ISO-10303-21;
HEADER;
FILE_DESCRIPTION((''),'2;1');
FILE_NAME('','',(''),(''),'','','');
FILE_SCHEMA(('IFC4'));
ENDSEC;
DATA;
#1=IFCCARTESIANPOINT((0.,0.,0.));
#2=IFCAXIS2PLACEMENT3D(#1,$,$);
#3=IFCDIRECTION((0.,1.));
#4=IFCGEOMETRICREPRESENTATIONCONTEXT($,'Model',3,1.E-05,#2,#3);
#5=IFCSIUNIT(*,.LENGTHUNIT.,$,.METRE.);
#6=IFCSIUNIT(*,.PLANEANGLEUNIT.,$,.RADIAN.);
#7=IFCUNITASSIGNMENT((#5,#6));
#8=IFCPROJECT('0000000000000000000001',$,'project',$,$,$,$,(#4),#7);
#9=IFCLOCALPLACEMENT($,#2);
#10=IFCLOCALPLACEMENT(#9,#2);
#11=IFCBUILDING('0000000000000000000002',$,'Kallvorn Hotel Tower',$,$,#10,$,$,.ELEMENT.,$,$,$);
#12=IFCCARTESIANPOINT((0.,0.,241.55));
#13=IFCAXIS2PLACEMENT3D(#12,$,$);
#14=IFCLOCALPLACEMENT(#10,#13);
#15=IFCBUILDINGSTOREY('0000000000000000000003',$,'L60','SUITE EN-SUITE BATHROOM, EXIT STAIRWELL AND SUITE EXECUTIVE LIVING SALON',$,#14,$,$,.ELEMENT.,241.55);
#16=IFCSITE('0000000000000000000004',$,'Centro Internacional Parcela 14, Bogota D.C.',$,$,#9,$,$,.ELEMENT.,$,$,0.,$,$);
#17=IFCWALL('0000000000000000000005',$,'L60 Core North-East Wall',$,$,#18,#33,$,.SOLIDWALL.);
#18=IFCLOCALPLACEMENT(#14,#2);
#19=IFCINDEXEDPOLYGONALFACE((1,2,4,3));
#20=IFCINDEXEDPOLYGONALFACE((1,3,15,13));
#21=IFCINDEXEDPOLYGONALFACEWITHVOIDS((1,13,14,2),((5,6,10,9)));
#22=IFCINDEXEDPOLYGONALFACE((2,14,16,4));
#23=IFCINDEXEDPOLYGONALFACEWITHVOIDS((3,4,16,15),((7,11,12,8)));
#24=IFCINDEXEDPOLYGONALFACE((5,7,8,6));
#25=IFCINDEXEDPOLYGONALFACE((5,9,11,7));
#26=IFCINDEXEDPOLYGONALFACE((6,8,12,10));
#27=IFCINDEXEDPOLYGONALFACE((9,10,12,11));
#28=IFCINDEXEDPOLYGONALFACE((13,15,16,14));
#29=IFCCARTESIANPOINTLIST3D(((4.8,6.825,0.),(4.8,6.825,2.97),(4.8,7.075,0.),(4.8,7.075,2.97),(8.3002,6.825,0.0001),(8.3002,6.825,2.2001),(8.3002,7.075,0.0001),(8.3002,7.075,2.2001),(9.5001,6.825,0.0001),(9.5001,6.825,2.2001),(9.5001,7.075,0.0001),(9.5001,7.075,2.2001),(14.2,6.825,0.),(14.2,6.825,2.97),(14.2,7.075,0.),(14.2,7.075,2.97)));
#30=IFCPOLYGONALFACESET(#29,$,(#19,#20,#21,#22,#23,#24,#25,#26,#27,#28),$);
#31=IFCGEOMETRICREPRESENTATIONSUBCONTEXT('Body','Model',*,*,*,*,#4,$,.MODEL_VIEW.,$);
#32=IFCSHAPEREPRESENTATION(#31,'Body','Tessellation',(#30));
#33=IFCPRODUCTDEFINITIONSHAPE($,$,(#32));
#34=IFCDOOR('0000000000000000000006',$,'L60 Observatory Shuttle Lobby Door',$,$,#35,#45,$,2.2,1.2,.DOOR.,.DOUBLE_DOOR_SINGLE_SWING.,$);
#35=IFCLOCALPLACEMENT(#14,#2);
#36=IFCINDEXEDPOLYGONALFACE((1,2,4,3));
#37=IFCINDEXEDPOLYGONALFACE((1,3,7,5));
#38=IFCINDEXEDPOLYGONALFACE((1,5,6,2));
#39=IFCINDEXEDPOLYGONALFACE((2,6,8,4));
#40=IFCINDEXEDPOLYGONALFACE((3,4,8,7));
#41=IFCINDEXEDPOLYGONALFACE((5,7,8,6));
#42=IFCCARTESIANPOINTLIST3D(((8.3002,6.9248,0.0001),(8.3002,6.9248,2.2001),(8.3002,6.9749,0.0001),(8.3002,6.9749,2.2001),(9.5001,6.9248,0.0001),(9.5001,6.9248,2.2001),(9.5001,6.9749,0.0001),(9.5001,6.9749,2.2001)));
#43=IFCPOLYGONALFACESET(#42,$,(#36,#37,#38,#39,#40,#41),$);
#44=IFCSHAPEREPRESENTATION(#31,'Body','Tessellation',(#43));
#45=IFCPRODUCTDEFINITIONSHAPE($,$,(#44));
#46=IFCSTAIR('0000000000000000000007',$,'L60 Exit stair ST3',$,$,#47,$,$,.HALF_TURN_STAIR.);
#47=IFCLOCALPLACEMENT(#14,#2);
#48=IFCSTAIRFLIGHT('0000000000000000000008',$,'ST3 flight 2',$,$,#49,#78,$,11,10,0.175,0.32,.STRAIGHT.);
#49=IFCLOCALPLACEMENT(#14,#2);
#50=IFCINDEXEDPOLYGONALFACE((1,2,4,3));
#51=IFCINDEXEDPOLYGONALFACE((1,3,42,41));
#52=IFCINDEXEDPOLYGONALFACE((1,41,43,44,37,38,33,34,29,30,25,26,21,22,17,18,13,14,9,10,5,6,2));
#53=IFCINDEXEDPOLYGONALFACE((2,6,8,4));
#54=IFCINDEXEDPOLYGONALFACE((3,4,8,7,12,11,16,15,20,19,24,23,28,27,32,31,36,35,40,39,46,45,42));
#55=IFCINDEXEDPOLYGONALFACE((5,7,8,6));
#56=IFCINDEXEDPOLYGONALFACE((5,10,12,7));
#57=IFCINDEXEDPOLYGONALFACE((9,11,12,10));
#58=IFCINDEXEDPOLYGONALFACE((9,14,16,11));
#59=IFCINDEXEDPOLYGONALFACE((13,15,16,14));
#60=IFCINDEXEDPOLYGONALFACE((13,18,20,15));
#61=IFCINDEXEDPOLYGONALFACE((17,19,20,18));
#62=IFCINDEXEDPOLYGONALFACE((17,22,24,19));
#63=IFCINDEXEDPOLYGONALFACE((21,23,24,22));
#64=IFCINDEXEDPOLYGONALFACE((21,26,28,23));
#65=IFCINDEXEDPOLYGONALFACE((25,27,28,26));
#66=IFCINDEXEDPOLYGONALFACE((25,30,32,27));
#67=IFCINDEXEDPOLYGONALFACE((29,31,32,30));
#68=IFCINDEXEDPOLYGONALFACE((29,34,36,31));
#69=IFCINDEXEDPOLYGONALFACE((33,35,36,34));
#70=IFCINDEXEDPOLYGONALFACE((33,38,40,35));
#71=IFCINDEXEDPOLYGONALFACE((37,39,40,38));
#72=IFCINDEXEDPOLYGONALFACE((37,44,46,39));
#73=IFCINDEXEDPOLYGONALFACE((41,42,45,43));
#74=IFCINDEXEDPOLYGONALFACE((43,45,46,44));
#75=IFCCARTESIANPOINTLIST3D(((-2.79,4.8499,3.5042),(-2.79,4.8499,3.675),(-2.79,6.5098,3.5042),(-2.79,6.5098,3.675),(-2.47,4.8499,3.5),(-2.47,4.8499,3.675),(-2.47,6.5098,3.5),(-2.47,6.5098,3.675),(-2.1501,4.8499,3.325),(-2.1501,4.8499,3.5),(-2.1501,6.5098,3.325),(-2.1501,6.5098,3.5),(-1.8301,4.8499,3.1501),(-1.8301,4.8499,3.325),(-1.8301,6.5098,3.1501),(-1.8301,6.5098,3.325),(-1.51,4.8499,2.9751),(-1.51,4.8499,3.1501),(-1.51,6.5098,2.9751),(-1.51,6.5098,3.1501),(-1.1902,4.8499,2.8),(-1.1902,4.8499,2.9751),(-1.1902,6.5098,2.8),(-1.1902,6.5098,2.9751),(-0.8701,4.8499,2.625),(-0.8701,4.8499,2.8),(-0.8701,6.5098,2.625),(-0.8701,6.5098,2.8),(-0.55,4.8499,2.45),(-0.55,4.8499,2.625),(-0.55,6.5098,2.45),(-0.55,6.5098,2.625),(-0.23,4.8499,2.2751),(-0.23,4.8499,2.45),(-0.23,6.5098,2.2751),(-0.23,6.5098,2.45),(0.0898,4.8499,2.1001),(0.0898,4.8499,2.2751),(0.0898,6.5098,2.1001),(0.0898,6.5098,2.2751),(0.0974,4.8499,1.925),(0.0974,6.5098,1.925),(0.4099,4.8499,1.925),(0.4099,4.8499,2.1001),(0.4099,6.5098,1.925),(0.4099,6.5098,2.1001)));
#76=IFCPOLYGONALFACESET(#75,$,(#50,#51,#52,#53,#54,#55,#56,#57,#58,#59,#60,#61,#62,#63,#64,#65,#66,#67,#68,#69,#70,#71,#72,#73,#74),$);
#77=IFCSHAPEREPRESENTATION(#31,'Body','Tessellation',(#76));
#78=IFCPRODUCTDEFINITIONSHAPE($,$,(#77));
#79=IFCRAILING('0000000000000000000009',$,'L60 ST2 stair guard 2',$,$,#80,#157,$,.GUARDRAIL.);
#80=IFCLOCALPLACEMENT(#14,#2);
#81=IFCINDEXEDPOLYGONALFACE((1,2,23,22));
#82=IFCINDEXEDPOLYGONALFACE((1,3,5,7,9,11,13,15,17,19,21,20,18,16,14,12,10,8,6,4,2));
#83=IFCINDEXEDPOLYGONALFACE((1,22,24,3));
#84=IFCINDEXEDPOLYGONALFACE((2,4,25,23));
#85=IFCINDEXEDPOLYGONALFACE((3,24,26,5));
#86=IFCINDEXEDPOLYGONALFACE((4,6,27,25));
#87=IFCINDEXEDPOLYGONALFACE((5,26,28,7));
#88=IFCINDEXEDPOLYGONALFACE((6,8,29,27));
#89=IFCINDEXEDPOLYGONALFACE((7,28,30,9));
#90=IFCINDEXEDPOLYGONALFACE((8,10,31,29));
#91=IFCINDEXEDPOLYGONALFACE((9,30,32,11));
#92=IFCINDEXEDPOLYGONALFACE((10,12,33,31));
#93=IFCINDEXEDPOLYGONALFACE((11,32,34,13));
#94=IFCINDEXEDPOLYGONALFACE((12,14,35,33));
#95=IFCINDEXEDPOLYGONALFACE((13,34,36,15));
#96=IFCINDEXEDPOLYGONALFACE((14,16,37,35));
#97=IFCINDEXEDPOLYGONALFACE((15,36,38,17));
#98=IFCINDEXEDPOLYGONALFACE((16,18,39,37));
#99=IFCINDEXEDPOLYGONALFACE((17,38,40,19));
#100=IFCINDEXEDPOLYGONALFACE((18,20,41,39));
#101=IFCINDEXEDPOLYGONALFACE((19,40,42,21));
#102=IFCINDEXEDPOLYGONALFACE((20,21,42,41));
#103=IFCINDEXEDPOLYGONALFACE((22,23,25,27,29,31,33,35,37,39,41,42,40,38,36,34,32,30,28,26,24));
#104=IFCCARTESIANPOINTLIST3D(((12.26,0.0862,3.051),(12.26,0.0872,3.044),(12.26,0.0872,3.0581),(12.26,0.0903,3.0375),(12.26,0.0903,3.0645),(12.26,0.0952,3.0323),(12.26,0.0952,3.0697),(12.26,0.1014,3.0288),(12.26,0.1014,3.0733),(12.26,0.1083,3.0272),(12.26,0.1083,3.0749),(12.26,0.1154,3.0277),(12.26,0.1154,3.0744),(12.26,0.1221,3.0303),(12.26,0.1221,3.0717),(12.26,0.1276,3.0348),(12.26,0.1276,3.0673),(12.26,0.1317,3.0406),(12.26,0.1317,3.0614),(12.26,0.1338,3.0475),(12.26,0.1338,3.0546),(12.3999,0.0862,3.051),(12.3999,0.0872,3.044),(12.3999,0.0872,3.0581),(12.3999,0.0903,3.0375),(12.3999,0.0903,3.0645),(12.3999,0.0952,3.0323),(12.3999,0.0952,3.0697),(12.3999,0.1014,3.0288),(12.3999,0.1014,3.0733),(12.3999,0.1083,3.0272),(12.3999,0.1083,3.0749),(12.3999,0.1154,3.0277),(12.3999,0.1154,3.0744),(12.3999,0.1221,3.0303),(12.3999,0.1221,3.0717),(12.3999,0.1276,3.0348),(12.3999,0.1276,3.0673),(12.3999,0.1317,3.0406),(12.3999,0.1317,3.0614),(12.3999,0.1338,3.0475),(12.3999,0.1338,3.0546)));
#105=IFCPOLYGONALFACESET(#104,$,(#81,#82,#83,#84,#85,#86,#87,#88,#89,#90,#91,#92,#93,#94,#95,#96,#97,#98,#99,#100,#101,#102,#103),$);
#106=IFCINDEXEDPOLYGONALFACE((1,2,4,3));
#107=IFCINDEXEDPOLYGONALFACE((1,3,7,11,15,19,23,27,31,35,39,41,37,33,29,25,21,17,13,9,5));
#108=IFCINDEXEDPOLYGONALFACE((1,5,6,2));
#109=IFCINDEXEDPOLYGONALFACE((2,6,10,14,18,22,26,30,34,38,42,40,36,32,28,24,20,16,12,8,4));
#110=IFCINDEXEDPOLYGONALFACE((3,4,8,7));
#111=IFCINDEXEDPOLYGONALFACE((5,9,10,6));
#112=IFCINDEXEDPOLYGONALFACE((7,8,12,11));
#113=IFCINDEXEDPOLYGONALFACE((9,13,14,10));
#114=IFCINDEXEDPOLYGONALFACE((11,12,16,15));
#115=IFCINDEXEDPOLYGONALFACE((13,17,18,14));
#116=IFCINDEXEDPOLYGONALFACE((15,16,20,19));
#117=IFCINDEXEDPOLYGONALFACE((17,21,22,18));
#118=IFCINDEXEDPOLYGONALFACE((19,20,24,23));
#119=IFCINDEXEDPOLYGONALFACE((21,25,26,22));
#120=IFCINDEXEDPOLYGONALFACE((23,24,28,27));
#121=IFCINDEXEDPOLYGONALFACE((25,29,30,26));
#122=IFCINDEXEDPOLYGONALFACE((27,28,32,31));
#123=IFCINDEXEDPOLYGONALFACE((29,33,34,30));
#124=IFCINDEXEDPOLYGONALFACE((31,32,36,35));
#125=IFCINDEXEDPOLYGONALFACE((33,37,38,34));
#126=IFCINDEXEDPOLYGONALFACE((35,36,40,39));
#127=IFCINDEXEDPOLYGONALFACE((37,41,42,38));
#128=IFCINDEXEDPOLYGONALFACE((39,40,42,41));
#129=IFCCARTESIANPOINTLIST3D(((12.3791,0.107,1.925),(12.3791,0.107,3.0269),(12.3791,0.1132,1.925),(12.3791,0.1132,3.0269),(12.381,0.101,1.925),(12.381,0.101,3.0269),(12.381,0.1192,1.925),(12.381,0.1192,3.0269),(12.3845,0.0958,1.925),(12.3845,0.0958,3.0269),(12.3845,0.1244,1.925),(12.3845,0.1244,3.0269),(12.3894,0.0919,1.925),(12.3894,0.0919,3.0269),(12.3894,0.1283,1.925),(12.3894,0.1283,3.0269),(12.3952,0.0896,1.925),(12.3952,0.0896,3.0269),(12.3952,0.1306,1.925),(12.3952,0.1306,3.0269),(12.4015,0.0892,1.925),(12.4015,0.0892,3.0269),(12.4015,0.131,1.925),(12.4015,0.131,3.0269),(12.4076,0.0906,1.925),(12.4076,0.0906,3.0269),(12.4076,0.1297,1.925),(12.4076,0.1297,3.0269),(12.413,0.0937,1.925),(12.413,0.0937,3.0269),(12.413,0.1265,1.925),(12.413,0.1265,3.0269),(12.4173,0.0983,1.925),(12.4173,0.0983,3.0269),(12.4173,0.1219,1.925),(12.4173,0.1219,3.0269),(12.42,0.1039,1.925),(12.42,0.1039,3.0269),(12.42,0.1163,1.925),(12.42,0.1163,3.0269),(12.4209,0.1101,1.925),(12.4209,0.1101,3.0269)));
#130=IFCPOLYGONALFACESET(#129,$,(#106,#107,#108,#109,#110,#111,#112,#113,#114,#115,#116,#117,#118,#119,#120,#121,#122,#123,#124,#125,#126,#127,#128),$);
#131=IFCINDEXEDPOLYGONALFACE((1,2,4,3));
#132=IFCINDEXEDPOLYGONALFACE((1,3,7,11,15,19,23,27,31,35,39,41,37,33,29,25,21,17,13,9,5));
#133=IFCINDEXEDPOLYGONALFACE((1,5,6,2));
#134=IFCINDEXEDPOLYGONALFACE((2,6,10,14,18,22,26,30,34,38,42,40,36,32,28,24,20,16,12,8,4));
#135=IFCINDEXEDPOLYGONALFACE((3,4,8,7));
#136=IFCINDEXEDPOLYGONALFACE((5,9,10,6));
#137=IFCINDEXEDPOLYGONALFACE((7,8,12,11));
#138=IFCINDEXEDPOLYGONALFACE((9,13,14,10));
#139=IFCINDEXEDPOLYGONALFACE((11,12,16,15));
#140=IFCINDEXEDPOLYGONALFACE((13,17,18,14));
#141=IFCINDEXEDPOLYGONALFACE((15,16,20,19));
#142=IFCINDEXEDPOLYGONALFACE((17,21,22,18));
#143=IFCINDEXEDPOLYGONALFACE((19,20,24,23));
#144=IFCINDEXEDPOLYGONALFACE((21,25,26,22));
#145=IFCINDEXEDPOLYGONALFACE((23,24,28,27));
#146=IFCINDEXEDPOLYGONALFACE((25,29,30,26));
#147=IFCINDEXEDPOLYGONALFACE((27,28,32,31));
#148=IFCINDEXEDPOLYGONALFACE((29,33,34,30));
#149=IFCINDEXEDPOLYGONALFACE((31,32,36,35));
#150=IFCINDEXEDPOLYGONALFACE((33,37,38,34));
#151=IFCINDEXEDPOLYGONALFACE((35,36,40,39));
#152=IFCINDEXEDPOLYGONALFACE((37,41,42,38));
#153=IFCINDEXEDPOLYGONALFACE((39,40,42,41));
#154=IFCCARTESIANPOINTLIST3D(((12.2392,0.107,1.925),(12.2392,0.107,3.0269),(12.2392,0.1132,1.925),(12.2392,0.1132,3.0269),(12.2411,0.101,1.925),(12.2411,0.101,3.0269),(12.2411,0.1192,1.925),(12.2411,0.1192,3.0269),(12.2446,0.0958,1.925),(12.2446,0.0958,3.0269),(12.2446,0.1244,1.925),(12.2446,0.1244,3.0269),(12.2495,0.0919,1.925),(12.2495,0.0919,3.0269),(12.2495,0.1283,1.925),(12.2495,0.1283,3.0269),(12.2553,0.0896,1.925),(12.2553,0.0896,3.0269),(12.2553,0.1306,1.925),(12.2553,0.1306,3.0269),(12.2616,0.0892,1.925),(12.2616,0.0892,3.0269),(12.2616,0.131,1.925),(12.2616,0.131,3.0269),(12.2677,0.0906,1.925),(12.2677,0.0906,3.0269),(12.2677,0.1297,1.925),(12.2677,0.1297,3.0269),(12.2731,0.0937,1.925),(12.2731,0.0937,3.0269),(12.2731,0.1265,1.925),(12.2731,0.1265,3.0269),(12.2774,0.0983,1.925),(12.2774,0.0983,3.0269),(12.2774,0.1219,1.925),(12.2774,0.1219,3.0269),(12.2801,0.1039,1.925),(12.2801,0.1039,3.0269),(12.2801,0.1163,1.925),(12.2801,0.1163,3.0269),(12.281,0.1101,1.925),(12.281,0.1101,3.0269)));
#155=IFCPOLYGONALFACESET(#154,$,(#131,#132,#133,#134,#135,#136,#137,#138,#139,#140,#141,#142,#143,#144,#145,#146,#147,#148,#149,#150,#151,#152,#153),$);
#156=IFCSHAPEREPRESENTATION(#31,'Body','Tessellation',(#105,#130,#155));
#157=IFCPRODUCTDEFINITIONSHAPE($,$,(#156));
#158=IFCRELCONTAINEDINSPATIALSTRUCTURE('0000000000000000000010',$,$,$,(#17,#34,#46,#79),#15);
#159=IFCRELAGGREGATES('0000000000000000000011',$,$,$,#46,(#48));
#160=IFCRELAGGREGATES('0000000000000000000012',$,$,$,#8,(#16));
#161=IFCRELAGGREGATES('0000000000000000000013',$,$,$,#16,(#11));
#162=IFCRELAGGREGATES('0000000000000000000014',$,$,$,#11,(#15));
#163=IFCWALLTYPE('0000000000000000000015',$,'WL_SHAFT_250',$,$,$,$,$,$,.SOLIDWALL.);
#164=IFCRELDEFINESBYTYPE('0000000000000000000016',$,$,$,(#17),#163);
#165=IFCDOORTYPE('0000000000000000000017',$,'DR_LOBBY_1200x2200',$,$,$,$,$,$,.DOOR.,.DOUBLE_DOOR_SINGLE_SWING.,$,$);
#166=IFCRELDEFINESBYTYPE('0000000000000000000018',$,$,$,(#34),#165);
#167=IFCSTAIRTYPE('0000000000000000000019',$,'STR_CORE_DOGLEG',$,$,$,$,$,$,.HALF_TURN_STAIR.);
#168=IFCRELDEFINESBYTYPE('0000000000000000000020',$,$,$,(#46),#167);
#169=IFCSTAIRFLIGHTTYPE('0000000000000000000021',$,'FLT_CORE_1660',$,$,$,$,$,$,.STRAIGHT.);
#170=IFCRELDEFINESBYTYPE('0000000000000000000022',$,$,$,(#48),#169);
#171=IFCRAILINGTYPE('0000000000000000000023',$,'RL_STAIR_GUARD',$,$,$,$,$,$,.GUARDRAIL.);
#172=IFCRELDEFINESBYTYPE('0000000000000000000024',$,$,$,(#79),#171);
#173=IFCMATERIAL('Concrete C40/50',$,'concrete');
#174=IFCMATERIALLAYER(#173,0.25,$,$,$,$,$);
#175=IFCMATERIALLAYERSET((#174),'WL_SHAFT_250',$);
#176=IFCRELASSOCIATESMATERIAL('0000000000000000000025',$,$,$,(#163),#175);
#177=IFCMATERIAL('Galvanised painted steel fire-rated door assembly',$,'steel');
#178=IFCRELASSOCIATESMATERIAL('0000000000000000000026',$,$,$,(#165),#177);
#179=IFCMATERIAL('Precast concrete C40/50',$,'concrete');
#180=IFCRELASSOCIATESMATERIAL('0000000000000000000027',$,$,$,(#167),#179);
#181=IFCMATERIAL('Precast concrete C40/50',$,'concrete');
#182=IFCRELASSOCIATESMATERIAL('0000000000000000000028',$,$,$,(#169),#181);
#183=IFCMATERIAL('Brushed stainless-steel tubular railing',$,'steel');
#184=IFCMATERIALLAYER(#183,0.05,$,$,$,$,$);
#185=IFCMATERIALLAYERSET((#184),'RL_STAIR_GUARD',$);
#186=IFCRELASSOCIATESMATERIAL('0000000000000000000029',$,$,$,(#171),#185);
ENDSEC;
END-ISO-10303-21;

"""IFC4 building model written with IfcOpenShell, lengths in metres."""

from ifc_helpers import new_model, si_unit, direction, frame, frame_2d, origin, origin_2d, place, context, subcontext, project, spatial, polyline, rectangle, circle, outline, extrude, material, layer, layer_set, type_object, element, fill, aggregate, save


model = new_model("IFC4")

# Units and contexts
model_context = context("Model", 3, precision=1e-05, world=origin(), true_north=direction((0.0, 1.0)))
body_context = subcontext(model_context, "Body", "Model", "MODEL_VIEW")
ifc_project = project(units=[si_unit("LENGTHUNIT", "METRE"), si_unit("PLANEANGLEUNIT", "RADIAN")], contexts=[model_context])

# Site, building, storey
site_placement = place(None, origin())
site = spatial("IfcSite", under=ifc_project, at=site_placement, Name="Centro Internacional Parcela 14, Bogota D.C.", CompositionType="ELEMENT", RefElevation=0.0)
building_placement = place(site_placement, origin())
building = spatial("IfcBuilding", under=site, at=building_placement, Name="Kallvorn Hotel Tower", CompositionType="ELEMENT")
storey_placement = place(building_placement, frame((0.0, 0.0, 241.55)))
storey = spatial("IfcBuildingStorey", under=building, at=storey_placement, Name="L60", Description="SUITE EN-SUITE BATHROOM, EXIT STAIRWELL AND SUITE EXECUTIVE LIVING SALON", CompositionType="ELEMENT", Elevation=241.55)

# Wall, opening, door
ifc_material_1 = material(Name="Concrete C40/50", Category="concrete")
ifc_layer_1 = layer(ifc_material_1, 0.25)
ifc_layer_set_1 = layer_set([ifc_layer_1], Name="WL_SHAFT_250")
wall_type_1 = type_object("IfcWallType", Name="WL_SHAFT_250", PredefinedType="SOLIDWALL", material=ifc_layer_set_1)
wall_1_placement = place(storey_placement, frame((4.8, 6.95, 0.0), z_axis=(0.0, 0.0, 1.0), x_axis=(1.0, 0.0, 0.0)))
wall_1 = element("IfcWall", 1, at=wall_1_placement, inside=storey, type_object=wall_type_1, Name="L60 Core North-East Wall", PredefinedType="SOLIDWALL", context=body_context, shape_type="SweptSolid", body=[
    extrude(rectangle(XDim=9.3999, YDim=0.25, at=frame_2d((4.7, 0.0))), origin(), (0.0, 0.0, 1.0), 2.97),
])
opening_placement = place(wall_1_placement, frame((3.5, 0.0, 0.0)))
opening = element("IfcOpeningElement", 2, at=opening_placement, cuts=wall_1, PredefinedType="OPENING", context=body_context, shape_type="SweptSolid", body=[
    extrude(rectangle(XDim=1.2, YDim=2.2, at=frame_2d((0.6001, 1.1001))), frame((0.0, 0.1399, 0.0), z_axis=(0.0, -1.0, 0.0), x_axis=(1.0, 0.0, 0.0)), (0.0, 0.0, 1.0), 0.28),
])
ifc_material_2 = material(Name="Galvanised painted steel fire-rated door assembly", Category="steel")
door_type = type_object("IfcDoorType", Name="DR_LOBBY_1200x2200", OperationType="DOUBLE_DOOR_SINGLE_SWING", PredefinedType="DOOR", material=ifc_material_2)
door_placement = place(opening_placement, origin())
door = element("IfcDoor", 3, at=door_placement, inside=storey, type_object=door_type, Name="L60 Observatory Shuttle Lobby Door", OperationType="DOUBLE_DOOR_SINGLE_SWING", OverallHeight=2.2, OverallWidth=1.2, PredefinedType="DOOR", context=body_context, shape_type="SweptSolid", body=[
    extrude(rectangle(XDim=1.2, YDim=2.2, at=frame_2d((0.6001, 1.1001))), frame((0.0, 0.0249, 0.0), z_axis=(0.0, -1.0, 0.0), x_axis=(1.0, 0.0, 0.0)), (0.0, 0.0, 1.0), 0.05),
])
fill(opening, door)

# Stair, stair flight
ifc_material_3 = material(Name="Precast concrete C40/50", Category="concrete")
stair_type = type_object("IfcStairType", Name="STR_CORE_DOGLEG", PredefinedType="HALF_TURN_STAIR", material=ifc_material_3)
stair_placement = place(storey_placement, origin())
stair = element("IfcStair", 4, at=stair_placement, inside=storey, type_object=stair_type, Name="L60 Exit stair ST3", PredefinedType="HALF_TURN_STAIR")
ifc_material_4 = material(Name="Precast concrete C40/50", Category="concrete")
stair_flight_type = type_object("IfcStairFlightType", Name="FLT_CORE_1660", PredefinedType="STRAIGHT", material=ifc_material_4)
stair_flight_placement = place(storey_placement, frame((0.4099, 5.6799, 1.925), z_axis=(0.0, 0.0, 1.0), x_axis=(-1.0, 0.0, 0.0)))
stair_flight = element("IfcStairFlight", 5, at=stair_flight_placement, type_object=stair_flight_type, Name="ST3 flight 2", NumberOfRisers=11, NumberOfTreads=10, PredefinedType="STRAIGHT", RiserHeight=0.175, TreadLength=0.32, context=body_context, shape_type="SweptSolid", body=[
    extrude(outline(polyline([(0.0, 0.0), (0.0, 0.175), (0.3201, 0.175), (0.3201, 0.3501), (0.6399, 0.3501), (0.6399, 0.5249), (0.96, 0.5249), (0.96, 0.7), (1.28, 0.7), (1.28, 0.875), (1.6001, 0.875), (1.6001, 1.05), (1.9199, 1.05), (1.9199, 1.2251), (2.24, 1.2251), (2.24, 1.3999), (2.5601, 1.3999), (2.5601, 1.575), (2.8799, 1.575), (2.8799, 1.75), (3.2, 1.75), (3.2, 1.925), (3.2, 1.5791), (0.3125, 0.0), (0.0, 0.0)])), frame((0.0, 0.8301, 0.0), z_axis=(0.0, -1.0, 0.0), x_axis=(1.0, 0.0, 0.0)), (0.0, 0.0, 1.0), 1.6599),
])
aggregate(stair, [stair_flight])

# Railing
ifc_material_5 = material(Name="Brushed stainless-steel tubular railing", Category="steel")
ifc_layer_2 = layer(ifc_material_5, 0.05)
ifc_layer_set_2 = layer_set([ifc_layer_2], Name="RL_STAIR_GUARD")
railing_type_1 = type_object("IfcRailingType", Name="RL_STAIR_GUARD", PredefinedType="GUARDRAIL", material=ifc_layer_set_2)
railing_1_placement = place(storey_placement, frame((12.3999, 0.1101, 1.925)))
element("IfcRailing", 6, at=railing_1_placement, inside=storey, type_object=railing_type_1, Name="L60 ST2 stair guard 2", PredefinedType="GUARDRAIL", context=body_context, shape_type="SweptSolid", body=[
    extrude(circle(Radius=0.0239, at=origin_2d()), frame((0.0, 0.0, 1.126), z_axis=(-1.0, 0.0, 0.0), x_axis=(0.0, -1.0, 0.0)), (0.0, 0.0, 1.0), 0.1399),
    extrude(circle(Radius=0.021, at=origin_2d()), origin(), (0.0, 0.0, 1.0), 1.1018),
    extrude(circle(Radius=0.021, at=origin_2d()), frame((-0.1399, 0.0, 0.0)), (0.0, 0.0, 1.0), 1.1018),
])

save(model, "model.ifc")
